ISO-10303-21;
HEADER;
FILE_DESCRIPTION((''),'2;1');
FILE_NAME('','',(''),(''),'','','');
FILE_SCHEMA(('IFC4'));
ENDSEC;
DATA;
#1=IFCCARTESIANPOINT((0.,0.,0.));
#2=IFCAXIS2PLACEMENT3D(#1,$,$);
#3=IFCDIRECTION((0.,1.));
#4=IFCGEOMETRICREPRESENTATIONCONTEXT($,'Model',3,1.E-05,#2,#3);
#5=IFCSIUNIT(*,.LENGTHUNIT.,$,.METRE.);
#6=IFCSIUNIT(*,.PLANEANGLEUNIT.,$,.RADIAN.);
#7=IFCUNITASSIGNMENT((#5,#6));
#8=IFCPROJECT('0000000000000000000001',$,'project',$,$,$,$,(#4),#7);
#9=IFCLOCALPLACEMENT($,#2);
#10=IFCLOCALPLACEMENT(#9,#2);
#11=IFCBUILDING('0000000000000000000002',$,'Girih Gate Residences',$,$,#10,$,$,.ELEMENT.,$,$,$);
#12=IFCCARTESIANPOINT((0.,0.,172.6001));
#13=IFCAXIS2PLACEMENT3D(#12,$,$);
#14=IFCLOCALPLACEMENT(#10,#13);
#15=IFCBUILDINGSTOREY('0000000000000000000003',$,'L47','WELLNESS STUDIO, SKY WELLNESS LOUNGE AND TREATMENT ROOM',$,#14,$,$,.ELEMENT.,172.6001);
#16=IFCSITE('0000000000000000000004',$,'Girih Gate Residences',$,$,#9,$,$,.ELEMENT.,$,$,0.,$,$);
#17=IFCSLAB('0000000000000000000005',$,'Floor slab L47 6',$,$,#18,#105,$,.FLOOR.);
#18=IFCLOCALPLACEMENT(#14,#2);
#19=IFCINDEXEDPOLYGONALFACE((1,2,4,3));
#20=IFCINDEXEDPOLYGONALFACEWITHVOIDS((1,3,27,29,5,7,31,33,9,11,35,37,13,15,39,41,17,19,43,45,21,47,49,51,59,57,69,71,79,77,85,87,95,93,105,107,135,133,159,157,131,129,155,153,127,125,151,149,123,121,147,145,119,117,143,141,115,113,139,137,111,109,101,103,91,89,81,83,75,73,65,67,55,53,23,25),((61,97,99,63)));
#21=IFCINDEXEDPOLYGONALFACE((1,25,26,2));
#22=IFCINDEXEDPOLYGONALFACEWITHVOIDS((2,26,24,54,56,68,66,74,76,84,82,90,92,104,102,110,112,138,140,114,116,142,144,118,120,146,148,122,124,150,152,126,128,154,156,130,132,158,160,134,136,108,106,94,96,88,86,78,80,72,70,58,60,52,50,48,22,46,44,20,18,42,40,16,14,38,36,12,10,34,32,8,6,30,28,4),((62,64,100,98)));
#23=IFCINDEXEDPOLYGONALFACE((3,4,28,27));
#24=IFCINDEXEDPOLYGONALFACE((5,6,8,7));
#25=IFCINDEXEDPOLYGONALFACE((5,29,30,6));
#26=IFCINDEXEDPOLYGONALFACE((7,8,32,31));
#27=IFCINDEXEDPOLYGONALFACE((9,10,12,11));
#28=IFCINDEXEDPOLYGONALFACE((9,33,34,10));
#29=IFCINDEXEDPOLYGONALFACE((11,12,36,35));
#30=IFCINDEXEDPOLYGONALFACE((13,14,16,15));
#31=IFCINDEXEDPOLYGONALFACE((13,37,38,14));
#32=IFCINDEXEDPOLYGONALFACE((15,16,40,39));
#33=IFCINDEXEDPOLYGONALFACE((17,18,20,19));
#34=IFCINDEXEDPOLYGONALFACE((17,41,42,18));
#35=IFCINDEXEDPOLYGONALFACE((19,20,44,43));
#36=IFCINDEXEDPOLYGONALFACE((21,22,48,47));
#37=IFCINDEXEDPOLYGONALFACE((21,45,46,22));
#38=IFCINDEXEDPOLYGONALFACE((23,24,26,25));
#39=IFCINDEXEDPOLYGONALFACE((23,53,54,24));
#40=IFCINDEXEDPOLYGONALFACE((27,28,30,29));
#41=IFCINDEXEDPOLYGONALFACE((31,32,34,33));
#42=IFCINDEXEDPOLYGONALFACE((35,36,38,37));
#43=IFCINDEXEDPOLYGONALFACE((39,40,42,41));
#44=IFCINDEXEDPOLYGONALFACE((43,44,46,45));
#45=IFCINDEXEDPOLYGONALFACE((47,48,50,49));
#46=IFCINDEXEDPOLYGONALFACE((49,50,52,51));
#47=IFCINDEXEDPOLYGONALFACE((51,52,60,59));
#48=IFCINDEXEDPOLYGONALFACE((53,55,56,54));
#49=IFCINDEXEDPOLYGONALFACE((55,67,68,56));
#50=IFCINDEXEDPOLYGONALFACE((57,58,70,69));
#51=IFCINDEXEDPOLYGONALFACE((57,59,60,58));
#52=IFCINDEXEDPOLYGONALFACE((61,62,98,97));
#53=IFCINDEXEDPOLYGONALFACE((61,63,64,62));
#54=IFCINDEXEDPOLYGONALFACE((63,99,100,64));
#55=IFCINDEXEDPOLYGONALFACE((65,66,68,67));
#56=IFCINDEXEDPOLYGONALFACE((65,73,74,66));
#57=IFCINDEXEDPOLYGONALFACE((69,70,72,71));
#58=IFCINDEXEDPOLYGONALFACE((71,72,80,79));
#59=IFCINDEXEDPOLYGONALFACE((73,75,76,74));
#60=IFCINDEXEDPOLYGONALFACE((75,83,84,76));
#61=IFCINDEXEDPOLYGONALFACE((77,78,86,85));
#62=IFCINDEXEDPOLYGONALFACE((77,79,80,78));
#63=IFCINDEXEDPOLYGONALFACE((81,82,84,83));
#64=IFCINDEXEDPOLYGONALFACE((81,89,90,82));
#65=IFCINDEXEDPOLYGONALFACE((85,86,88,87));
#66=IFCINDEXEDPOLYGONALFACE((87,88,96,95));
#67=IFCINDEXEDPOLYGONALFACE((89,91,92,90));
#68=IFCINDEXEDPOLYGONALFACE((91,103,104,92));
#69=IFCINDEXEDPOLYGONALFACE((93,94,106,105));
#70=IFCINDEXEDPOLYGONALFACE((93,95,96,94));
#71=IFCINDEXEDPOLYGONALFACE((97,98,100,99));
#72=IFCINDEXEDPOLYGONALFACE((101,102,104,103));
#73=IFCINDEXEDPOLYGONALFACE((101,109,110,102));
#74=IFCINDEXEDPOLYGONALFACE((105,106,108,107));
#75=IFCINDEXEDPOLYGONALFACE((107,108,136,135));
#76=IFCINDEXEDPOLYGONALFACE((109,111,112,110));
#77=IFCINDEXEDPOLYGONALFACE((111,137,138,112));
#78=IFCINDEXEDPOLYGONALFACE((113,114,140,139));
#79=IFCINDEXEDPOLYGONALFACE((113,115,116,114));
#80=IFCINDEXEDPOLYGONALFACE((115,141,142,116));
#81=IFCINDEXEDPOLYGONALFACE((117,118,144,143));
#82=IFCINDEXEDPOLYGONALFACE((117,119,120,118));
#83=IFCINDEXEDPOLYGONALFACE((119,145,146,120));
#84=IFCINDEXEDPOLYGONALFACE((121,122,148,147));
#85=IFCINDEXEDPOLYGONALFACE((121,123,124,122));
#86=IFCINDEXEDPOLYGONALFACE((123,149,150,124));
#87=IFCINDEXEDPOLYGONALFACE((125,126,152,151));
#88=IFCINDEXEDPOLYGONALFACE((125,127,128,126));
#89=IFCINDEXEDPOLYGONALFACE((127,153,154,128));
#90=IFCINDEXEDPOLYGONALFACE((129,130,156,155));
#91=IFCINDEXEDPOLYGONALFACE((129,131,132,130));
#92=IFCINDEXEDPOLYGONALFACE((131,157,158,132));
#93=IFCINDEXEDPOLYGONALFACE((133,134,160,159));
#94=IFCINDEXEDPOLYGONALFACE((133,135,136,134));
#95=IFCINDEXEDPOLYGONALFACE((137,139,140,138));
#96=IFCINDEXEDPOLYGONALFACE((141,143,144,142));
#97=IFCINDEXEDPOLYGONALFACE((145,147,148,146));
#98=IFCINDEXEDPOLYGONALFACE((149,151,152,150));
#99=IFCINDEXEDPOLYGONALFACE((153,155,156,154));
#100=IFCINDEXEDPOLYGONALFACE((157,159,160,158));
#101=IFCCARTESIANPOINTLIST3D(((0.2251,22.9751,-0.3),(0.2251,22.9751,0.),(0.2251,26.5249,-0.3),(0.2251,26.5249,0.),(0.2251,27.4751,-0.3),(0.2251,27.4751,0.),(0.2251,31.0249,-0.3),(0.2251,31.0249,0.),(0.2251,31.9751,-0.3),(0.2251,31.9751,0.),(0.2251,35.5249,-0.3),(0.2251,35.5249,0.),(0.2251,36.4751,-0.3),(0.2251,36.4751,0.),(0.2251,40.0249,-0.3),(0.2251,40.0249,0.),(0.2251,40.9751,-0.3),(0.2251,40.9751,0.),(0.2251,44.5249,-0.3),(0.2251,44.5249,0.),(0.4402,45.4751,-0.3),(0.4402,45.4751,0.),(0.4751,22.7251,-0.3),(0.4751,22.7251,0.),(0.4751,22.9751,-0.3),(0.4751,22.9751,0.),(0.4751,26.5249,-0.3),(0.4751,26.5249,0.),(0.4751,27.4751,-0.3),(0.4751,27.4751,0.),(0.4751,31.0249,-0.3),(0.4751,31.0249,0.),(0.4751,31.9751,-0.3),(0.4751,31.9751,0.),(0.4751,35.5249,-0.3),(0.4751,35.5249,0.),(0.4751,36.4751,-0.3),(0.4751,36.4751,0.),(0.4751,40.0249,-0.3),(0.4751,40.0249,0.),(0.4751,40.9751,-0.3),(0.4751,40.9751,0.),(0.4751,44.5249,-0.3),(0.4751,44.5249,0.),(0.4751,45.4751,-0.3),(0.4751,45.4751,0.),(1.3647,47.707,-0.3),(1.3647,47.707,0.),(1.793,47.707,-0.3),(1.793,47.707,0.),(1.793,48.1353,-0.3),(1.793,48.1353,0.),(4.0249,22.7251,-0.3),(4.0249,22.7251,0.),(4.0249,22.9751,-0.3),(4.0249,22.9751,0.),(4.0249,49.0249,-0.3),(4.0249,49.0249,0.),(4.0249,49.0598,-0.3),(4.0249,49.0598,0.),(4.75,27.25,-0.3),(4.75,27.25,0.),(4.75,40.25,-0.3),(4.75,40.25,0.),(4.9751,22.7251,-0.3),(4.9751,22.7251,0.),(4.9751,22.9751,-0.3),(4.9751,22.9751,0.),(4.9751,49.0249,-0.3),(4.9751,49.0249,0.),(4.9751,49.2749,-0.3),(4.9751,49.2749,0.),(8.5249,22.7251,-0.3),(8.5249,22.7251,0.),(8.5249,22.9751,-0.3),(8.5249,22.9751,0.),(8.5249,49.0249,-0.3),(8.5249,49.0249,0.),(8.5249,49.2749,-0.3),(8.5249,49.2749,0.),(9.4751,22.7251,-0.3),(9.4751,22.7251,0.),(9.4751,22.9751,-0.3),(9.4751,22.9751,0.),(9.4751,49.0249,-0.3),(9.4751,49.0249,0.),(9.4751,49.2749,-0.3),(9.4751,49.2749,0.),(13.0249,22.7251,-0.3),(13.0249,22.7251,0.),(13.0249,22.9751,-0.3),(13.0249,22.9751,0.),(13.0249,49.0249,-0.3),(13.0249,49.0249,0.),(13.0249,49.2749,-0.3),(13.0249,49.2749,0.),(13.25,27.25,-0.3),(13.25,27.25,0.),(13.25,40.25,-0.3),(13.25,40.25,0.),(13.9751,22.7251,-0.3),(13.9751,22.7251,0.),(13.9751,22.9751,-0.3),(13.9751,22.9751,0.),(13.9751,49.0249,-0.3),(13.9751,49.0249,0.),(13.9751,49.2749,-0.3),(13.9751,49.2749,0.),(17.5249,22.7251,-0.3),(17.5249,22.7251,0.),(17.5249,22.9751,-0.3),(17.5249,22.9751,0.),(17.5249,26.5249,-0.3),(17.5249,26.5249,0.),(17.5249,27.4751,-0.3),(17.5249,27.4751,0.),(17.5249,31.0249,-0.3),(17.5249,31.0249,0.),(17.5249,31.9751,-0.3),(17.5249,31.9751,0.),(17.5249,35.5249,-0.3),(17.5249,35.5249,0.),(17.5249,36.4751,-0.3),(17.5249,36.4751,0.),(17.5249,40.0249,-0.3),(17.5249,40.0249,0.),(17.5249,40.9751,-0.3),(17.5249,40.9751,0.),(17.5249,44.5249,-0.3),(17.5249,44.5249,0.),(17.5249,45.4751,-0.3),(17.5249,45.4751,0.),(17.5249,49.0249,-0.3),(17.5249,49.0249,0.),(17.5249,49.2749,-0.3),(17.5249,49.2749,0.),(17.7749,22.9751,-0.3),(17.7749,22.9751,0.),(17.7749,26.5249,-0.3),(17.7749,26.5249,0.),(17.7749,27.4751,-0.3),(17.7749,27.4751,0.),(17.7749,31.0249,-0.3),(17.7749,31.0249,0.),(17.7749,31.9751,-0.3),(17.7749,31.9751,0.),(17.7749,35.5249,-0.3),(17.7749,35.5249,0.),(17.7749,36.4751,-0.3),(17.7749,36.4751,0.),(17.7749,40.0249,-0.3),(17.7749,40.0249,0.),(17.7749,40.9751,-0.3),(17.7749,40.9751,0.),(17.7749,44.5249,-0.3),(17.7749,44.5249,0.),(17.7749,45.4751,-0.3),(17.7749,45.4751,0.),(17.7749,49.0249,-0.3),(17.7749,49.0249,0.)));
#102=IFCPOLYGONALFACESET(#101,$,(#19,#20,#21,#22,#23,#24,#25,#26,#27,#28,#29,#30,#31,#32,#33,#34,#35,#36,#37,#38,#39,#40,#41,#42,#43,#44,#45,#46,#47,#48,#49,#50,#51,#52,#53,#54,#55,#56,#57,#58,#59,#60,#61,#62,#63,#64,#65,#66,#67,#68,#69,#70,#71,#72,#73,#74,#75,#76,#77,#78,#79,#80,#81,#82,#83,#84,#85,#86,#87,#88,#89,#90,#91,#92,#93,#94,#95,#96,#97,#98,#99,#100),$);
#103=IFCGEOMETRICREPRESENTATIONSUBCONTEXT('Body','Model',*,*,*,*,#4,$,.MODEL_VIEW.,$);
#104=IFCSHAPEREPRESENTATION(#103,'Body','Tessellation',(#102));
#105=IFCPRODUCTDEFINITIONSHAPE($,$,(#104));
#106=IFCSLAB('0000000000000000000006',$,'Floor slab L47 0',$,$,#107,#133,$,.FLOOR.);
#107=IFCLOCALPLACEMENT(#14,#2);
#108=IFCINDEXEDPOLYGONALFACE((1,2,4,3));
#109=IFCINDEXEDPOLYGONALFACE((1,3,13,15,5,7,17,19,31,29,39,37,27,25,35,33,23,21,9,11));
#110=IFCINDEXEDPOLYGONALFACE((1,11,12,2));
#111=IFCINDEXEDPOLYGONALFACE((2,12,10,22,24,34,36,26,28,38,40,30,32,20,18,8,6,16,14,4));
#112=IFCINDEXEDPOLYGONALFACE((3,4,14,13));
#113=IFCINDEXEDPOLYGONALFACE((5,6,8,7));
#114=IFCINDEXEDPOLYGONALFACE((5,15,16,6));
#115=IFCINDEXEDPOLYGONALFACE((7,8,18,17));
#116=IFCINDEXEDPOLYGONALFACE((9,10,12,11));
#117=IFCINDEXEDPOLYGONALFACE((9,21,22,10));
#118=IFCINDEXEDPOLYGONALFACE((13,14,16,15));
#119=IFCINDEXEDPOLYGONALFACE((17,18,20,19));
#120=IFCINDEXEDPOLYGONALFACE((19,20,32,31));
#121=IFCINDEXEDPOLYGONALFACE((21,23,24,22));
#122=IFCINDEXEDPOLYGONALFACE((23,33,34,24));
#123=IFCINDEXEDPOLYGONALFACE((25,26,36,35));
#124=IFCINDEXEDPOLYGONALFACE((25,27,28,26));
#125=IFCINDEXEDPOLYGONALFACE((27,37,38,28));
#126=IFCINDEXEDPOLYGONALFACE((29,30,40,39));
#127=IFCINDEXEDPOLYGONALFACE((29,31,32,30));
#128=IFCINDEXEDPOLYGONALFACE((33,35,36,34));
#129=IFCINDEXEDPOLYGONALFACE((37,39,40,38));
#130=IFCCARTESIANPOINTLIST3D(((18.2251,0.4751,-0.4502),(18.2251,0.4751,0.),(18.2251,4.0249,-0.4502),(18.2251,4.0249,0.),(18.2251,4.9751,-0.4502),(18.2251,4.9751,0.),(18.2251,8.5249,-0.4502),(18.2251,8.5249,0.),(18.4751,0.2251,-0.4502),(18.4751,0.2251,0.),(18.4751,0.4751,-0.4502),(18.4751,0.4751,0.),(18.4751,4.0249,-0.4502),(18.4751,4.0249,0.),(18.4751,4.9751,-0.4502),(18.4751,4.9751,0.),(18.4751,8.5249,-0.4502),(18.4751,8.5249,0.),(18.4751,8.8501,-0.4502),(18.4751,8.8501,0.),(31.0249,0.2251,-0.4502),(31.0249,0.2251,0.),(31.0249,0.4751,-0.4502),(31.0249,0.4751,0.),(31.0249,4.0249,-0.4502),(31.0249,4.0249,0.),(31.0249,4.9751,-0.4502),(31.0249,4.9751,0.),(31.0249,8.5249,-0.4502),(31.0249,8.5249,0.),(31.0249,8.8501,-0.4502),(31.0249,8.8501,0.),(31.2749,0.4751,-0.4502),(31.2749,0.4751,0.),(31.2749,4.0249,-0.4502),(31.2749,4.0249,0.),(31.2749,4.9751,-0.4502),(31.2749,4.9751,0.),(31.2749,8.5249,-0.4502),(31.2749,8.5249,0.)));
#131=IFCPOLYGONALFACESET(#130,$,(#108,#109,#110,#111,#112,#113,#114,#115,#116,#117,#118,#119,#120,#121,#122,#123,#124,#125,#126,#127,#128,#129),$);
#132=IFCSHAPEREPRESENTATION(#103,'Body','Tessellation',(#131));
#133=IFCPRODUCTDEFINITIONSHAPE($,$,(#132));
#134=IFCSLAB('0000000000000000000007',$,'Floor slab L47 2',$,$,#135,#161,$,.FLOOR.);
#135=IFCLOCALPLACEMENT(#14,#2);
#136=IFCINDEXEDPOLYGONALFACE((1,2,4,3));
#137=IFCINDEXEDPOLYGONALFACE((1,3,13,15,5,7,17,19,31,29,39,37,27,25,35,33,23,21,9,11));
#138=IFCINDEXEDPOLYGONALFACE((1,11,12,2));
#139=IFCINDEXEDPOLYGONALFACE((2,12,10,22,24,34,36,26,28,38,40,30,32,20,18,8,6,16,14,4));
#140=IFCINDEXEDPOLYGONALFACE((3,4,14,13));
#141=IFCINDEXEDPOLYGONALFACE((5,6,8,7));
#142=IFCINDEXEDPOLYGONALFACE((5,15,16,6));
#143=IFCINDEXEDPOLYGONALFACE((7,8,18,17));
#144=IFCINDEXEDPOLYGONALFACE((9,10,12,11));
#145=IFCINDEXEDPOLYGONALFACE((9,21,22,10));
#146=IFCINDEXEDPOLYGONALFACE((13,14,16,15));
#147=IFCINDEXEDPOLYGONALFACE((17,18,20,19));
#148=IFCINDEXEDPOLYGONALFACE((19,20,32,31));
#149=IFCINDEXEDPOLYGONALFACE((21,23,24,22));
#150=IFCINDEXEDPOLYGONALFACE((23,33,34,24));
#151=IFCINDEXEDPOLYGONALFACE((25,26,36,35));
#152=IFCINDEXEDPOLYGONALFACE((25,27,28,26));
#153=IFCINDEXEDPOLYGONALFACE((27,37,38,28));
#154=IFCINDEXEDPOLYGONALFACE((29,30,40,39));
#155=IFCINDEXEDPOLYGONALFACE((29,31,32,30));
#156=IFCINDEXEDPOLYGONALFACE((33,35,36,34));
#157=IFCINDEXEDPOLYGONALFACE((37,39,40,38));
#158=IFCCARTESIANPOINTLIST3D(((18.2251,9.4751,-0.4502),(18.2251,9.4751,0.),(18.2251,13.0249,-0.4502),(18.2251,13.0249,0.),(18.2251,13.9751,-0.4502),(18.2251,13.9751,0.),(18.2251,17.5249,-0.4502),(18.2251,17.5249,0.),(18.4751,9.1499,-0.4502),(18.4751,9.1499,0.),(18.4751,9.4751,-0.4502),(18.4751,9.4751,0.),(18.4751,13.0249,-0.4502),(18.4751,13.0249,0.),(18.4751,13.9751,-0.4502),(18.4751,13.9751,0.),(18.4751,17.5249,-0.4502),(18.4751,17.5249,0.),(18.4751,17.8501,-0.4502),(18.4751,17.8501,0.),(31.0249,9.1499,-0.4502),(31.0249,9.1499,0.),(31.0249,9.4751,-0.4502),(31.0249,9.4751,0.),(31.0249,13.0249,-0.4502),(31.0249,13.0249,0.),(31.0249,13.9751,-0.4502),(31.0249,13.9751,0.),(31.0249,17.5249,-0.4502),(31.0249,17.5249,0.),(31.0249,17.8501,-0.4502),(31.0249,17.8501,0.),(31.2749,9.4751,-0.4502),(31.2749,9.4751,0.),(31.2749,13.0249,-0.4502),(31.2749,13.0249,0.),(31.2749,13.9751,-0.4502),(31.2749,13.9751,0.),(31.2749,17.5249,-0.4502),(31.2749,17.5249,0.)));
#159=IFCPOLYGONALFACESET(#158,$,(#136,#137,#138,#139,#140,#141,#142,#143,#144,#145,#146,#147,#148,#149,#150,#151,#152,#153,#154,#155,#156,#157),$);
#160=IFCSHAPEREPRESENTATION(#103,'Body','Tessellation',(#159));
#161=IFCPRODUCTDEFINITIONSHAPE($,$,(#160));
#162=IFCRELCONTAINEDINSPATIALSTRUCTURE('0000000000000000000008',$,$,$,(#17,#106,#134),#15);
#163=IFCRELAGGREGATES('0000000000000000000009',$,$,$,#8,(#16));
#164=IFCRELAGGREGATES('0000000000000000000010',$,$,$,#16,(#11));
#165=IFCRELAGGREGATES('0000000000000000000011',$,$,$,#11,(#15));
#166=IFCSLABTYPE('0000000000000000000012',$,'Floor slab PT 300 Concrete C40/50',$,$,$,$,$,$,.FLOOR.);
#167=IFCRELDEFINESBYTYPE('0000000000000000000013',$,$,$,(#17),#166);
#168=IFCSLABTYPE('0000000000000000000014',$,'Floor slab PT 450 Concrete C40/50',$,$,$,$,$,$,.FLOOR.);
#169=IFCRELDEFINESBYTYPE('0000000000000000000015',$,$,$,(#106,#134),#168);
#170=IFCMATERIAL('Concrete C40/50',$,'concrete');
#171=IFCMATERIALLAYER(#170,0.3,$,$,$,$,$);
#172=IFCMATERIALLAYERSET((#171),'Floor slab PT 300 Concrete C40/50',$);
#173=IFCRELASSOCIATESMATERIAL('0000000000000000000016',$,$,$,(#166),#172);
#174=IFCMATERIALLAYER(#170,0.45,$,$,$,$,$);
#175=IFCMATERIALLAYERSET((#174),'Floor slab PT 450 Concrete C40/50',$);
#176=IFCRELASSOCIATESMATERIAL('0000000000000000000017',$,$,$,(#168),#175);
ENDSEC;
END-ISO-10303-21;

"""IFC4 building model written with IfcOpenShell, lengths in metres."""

from ifc_helpers import new_model, si_unit, direction, frame, origin, place, context, subcontext, project, spatial, polyline, outline, extrude, material, layer, layer_set, type_object, element, save


model = new_model("IFC4")

# Units and contexts
model_context = context("Model", 3, precision=1e-05, world=origin(), true_north=direction((0.0, 1.0)))
body_context = subcontext(model_context, "Body", "Model", "MODEL_VIEW")
ifc_project = project(units=[si_unit("LENGTHUNIT", "METRE"), si_unit("PLANEANGLEUNIT", "RADIAN")], contexts=[model_context])

# Site, building, storey
site_placement = place(None, origin())
site = spatial("IfcSite", under=ifc_project, at=site_placement, Name="Girih Gate Residences", CompositionType="ELEMENT", RefElevation=0.0)
building_placement = place(site_placement, origin())
building = spatial("IfcBuilding", under=site, at=building_placement, Name="Girih Gate Residences", CompositionType="ELEMENT")
storey_placement = place(building_placement, frame((0.0, 0.0, 172.6001)))
storey = spatial("IfcBuildingStorey", under=building, at=storey_placement, Name="L47", Description="WELLNESS STUDIO, SKY WELLNESS LOUNGE AND TREATMENT ROOM", CompositionType="ELEMENT", Elevation=172.6001)

# Slabs
ifc_material_1 = material(Name="Concrete C40/50", Category="concrete")
ifc_layer_1 = layer(ifc_material_1, 0.3)
ifc_layer_set_1 = layer_set([ifc_layer_1], Name="Floor slab PT 300 Concrete C40/50")
slab_type_1 = type_object("IfcSlabType", Name="Floor slab PT 300 Concrete C40/50", PredefinedType="FLOOR", material=ifc_layer_set_1)
slab_1_placement = place(storey_placement, frame((0.0, 0.0, -0.3)))
element("IfcSlab", 1, at=slab_1_placement, inside=storey, type_object=slab_type_1, Name="Floor slab L47 6", PredefinedType="FLOOR", context=body_context, shape_type="SweptSolid", body=[
    extrude(outline(polyline([(0.2251, 26.5249), (0.2251, 22.9751), (0.4751, 22.9751), (0.4751, 22.7251), (4.0249, 22.7251), (4.0249, 22.9751), (4.9751, 22.9751), (4.9751, 22.7251), (8.5249, 22.7251), (8.5249, 22.9751), (9.4751, 22.9751), (9.4751, 22.7251), (13.0249, 22.7251), (13.0249, 22.9751), (13.9751, 22.9751), (13.9751, 22.7251), (17.5249, 22.7251), (17.5249, 22.9751), (17.7749, 22.9751), (17.7749, 26.5249), (17.5249, 26.5249), (17.5249, 27.4751), (17.7749, 27.4751), (17.7749, 31.0249), (17.5249, 31.0249), (17.5249, 31.9751), (17.7749, 31.9751), (17.7749, 35.5249), (17.5249, 35.5249), (17.5249, 36.4751), (17.7749, 36.4751), (17.7749, 40.0249), (17.5249, 40.0249), (17.5249, 40.9751), (17.7749, 40.9751), (17.7749, 44.5249), (17.5249, 44.5249), (17.5249, 45.4751), (17.7749, 45.4751), (17.7749, 49.0249), (17.5249, 49.0249), (17.5249, 49.2749), (13.9751, 49.2749), (13.9751, 49.0249), (13.0249, 49.0249), (13.0249, 49.2749), (9.4751, 49.2749), (9.4751, 49.0249), (8.5249, 49.0249), (8.5249, 49.2749), (4.9751, 49.2749), (4.9751, 49.0249), (4.0249, 49.0249), (4.0249, 49.0598), (1.793, 48.1353), (1.793, 47.707), (1.3647, 47.707), (0.4402, 45.4751), (0.4751, 45.4751), (0.4751, 44.5249), (0.2251, 44.5249), (0.2251, 40.9751), (0.4751, 40.9751), (0.4751, 40.0249), (0.2251, 40.0249), (0.2251, 36.4751), (0.4751, 36.4751), (0.4751, 35.5249), (0.2251, 35.5249), (0.2251, 31.9751), (0.4751, 31.9751), (0.4751, 31.0249), (0.2251, 31.0249), (0.2251, 27.4751), (0.4751, 27.4751), (0.4751, 26.5249), (0.2251, 26.5249)]), holes=[polyline([(13.25, 40.25), (13.25, 27.25), (4.75, 27.25), (4.75, 40.25), (13.25, 40.25)])]), origin(), (0.0, 0.0, 1.0), 0.3),
])
ifc_layer_2 = layer(ifc_material_1, 0.45)
ifc_layer_set_2 = layer_set([ifc_layer_2], Name="Floor slab PT 450 Concrete C40/50")
slab_type_2 = type_object("IfcSlabType", Name="Floor slab PT 450 Concrete C40/50", PredefinedType="FLOOR", material=ifc_layer_set_2)
slab_2_placement = place(storey_placement, frame((0.0, 0.0, -0.4502)))
element("IfcSlab", 2, at=slab_2_placement, inside=storey, type_object=slab_type_2, Name="Floor slab L47 0", PredefinedType="FLOOR", context=body_context, shape_type="SweptSolid", body=[
    extrude(outline(polyline([(18.4751, 0.2251), (31.0249, 0.2251), (31.0249, 0.4751), (31.2749, 0.4751), (31.2749, 4.0249), (31.0249, 4.0249), (31.0249, 4.9751), (31.2749, 4.9751), (31.2749, 8.5249), (31.0249, 8.5249), (31.0249, 8.8501), (18.4751, 8.8501), (18.4751, 8.5249), (18.2251, 8.5249), (18.2251, 4.9751), (18.4751, 4.9751), (18.4751, 4.0249), (18.2251, 4.0249), (18.2251, 0.4751), (18.4751, 0.4751), (18.4751, 0.2251)])), origin(), (0.0, 0.0, 1.0), 0.4502),
])
slab_3_placement = place(storey_placement, frame((0.0, 0.0, -0.4502)))
element("IfcSlab", 3, at=slab_3_placement, inside=storey, type_object=slab_type_2, Name="Floor slab L47 2", PredefinedType="FLOOR", context=body_context, shape_type="SweptSolid", body=[
    extrude(outline(polyline([(31.0249, 17.8501), (18.4751, 17.8501), (18.4751, 17.5249), (18.2251, 17.5249), (18.2251, 13.9751), (18.4751, 13.9751), (18.4751, 13.0249), (18.2251, 13.0249), (18.2251, 9.4751), (18.4751, 9.4751), (18.4751, 9.1499), (31.0249, 9.1499), (31.0249, 9.4751), (31.2749, 9.4751), (31.2749, 13.0249), (31.0249, 13.0249), (31.0249, 13.9751), (31.2749, 13.9751), (31.2749, 17.5249), (31.0249, 17.5249), (31.0249, 17.8501)])), origin(), (0.0, 0.0, 1.0), 0.4502),
])

save(model, "model.ifc")
